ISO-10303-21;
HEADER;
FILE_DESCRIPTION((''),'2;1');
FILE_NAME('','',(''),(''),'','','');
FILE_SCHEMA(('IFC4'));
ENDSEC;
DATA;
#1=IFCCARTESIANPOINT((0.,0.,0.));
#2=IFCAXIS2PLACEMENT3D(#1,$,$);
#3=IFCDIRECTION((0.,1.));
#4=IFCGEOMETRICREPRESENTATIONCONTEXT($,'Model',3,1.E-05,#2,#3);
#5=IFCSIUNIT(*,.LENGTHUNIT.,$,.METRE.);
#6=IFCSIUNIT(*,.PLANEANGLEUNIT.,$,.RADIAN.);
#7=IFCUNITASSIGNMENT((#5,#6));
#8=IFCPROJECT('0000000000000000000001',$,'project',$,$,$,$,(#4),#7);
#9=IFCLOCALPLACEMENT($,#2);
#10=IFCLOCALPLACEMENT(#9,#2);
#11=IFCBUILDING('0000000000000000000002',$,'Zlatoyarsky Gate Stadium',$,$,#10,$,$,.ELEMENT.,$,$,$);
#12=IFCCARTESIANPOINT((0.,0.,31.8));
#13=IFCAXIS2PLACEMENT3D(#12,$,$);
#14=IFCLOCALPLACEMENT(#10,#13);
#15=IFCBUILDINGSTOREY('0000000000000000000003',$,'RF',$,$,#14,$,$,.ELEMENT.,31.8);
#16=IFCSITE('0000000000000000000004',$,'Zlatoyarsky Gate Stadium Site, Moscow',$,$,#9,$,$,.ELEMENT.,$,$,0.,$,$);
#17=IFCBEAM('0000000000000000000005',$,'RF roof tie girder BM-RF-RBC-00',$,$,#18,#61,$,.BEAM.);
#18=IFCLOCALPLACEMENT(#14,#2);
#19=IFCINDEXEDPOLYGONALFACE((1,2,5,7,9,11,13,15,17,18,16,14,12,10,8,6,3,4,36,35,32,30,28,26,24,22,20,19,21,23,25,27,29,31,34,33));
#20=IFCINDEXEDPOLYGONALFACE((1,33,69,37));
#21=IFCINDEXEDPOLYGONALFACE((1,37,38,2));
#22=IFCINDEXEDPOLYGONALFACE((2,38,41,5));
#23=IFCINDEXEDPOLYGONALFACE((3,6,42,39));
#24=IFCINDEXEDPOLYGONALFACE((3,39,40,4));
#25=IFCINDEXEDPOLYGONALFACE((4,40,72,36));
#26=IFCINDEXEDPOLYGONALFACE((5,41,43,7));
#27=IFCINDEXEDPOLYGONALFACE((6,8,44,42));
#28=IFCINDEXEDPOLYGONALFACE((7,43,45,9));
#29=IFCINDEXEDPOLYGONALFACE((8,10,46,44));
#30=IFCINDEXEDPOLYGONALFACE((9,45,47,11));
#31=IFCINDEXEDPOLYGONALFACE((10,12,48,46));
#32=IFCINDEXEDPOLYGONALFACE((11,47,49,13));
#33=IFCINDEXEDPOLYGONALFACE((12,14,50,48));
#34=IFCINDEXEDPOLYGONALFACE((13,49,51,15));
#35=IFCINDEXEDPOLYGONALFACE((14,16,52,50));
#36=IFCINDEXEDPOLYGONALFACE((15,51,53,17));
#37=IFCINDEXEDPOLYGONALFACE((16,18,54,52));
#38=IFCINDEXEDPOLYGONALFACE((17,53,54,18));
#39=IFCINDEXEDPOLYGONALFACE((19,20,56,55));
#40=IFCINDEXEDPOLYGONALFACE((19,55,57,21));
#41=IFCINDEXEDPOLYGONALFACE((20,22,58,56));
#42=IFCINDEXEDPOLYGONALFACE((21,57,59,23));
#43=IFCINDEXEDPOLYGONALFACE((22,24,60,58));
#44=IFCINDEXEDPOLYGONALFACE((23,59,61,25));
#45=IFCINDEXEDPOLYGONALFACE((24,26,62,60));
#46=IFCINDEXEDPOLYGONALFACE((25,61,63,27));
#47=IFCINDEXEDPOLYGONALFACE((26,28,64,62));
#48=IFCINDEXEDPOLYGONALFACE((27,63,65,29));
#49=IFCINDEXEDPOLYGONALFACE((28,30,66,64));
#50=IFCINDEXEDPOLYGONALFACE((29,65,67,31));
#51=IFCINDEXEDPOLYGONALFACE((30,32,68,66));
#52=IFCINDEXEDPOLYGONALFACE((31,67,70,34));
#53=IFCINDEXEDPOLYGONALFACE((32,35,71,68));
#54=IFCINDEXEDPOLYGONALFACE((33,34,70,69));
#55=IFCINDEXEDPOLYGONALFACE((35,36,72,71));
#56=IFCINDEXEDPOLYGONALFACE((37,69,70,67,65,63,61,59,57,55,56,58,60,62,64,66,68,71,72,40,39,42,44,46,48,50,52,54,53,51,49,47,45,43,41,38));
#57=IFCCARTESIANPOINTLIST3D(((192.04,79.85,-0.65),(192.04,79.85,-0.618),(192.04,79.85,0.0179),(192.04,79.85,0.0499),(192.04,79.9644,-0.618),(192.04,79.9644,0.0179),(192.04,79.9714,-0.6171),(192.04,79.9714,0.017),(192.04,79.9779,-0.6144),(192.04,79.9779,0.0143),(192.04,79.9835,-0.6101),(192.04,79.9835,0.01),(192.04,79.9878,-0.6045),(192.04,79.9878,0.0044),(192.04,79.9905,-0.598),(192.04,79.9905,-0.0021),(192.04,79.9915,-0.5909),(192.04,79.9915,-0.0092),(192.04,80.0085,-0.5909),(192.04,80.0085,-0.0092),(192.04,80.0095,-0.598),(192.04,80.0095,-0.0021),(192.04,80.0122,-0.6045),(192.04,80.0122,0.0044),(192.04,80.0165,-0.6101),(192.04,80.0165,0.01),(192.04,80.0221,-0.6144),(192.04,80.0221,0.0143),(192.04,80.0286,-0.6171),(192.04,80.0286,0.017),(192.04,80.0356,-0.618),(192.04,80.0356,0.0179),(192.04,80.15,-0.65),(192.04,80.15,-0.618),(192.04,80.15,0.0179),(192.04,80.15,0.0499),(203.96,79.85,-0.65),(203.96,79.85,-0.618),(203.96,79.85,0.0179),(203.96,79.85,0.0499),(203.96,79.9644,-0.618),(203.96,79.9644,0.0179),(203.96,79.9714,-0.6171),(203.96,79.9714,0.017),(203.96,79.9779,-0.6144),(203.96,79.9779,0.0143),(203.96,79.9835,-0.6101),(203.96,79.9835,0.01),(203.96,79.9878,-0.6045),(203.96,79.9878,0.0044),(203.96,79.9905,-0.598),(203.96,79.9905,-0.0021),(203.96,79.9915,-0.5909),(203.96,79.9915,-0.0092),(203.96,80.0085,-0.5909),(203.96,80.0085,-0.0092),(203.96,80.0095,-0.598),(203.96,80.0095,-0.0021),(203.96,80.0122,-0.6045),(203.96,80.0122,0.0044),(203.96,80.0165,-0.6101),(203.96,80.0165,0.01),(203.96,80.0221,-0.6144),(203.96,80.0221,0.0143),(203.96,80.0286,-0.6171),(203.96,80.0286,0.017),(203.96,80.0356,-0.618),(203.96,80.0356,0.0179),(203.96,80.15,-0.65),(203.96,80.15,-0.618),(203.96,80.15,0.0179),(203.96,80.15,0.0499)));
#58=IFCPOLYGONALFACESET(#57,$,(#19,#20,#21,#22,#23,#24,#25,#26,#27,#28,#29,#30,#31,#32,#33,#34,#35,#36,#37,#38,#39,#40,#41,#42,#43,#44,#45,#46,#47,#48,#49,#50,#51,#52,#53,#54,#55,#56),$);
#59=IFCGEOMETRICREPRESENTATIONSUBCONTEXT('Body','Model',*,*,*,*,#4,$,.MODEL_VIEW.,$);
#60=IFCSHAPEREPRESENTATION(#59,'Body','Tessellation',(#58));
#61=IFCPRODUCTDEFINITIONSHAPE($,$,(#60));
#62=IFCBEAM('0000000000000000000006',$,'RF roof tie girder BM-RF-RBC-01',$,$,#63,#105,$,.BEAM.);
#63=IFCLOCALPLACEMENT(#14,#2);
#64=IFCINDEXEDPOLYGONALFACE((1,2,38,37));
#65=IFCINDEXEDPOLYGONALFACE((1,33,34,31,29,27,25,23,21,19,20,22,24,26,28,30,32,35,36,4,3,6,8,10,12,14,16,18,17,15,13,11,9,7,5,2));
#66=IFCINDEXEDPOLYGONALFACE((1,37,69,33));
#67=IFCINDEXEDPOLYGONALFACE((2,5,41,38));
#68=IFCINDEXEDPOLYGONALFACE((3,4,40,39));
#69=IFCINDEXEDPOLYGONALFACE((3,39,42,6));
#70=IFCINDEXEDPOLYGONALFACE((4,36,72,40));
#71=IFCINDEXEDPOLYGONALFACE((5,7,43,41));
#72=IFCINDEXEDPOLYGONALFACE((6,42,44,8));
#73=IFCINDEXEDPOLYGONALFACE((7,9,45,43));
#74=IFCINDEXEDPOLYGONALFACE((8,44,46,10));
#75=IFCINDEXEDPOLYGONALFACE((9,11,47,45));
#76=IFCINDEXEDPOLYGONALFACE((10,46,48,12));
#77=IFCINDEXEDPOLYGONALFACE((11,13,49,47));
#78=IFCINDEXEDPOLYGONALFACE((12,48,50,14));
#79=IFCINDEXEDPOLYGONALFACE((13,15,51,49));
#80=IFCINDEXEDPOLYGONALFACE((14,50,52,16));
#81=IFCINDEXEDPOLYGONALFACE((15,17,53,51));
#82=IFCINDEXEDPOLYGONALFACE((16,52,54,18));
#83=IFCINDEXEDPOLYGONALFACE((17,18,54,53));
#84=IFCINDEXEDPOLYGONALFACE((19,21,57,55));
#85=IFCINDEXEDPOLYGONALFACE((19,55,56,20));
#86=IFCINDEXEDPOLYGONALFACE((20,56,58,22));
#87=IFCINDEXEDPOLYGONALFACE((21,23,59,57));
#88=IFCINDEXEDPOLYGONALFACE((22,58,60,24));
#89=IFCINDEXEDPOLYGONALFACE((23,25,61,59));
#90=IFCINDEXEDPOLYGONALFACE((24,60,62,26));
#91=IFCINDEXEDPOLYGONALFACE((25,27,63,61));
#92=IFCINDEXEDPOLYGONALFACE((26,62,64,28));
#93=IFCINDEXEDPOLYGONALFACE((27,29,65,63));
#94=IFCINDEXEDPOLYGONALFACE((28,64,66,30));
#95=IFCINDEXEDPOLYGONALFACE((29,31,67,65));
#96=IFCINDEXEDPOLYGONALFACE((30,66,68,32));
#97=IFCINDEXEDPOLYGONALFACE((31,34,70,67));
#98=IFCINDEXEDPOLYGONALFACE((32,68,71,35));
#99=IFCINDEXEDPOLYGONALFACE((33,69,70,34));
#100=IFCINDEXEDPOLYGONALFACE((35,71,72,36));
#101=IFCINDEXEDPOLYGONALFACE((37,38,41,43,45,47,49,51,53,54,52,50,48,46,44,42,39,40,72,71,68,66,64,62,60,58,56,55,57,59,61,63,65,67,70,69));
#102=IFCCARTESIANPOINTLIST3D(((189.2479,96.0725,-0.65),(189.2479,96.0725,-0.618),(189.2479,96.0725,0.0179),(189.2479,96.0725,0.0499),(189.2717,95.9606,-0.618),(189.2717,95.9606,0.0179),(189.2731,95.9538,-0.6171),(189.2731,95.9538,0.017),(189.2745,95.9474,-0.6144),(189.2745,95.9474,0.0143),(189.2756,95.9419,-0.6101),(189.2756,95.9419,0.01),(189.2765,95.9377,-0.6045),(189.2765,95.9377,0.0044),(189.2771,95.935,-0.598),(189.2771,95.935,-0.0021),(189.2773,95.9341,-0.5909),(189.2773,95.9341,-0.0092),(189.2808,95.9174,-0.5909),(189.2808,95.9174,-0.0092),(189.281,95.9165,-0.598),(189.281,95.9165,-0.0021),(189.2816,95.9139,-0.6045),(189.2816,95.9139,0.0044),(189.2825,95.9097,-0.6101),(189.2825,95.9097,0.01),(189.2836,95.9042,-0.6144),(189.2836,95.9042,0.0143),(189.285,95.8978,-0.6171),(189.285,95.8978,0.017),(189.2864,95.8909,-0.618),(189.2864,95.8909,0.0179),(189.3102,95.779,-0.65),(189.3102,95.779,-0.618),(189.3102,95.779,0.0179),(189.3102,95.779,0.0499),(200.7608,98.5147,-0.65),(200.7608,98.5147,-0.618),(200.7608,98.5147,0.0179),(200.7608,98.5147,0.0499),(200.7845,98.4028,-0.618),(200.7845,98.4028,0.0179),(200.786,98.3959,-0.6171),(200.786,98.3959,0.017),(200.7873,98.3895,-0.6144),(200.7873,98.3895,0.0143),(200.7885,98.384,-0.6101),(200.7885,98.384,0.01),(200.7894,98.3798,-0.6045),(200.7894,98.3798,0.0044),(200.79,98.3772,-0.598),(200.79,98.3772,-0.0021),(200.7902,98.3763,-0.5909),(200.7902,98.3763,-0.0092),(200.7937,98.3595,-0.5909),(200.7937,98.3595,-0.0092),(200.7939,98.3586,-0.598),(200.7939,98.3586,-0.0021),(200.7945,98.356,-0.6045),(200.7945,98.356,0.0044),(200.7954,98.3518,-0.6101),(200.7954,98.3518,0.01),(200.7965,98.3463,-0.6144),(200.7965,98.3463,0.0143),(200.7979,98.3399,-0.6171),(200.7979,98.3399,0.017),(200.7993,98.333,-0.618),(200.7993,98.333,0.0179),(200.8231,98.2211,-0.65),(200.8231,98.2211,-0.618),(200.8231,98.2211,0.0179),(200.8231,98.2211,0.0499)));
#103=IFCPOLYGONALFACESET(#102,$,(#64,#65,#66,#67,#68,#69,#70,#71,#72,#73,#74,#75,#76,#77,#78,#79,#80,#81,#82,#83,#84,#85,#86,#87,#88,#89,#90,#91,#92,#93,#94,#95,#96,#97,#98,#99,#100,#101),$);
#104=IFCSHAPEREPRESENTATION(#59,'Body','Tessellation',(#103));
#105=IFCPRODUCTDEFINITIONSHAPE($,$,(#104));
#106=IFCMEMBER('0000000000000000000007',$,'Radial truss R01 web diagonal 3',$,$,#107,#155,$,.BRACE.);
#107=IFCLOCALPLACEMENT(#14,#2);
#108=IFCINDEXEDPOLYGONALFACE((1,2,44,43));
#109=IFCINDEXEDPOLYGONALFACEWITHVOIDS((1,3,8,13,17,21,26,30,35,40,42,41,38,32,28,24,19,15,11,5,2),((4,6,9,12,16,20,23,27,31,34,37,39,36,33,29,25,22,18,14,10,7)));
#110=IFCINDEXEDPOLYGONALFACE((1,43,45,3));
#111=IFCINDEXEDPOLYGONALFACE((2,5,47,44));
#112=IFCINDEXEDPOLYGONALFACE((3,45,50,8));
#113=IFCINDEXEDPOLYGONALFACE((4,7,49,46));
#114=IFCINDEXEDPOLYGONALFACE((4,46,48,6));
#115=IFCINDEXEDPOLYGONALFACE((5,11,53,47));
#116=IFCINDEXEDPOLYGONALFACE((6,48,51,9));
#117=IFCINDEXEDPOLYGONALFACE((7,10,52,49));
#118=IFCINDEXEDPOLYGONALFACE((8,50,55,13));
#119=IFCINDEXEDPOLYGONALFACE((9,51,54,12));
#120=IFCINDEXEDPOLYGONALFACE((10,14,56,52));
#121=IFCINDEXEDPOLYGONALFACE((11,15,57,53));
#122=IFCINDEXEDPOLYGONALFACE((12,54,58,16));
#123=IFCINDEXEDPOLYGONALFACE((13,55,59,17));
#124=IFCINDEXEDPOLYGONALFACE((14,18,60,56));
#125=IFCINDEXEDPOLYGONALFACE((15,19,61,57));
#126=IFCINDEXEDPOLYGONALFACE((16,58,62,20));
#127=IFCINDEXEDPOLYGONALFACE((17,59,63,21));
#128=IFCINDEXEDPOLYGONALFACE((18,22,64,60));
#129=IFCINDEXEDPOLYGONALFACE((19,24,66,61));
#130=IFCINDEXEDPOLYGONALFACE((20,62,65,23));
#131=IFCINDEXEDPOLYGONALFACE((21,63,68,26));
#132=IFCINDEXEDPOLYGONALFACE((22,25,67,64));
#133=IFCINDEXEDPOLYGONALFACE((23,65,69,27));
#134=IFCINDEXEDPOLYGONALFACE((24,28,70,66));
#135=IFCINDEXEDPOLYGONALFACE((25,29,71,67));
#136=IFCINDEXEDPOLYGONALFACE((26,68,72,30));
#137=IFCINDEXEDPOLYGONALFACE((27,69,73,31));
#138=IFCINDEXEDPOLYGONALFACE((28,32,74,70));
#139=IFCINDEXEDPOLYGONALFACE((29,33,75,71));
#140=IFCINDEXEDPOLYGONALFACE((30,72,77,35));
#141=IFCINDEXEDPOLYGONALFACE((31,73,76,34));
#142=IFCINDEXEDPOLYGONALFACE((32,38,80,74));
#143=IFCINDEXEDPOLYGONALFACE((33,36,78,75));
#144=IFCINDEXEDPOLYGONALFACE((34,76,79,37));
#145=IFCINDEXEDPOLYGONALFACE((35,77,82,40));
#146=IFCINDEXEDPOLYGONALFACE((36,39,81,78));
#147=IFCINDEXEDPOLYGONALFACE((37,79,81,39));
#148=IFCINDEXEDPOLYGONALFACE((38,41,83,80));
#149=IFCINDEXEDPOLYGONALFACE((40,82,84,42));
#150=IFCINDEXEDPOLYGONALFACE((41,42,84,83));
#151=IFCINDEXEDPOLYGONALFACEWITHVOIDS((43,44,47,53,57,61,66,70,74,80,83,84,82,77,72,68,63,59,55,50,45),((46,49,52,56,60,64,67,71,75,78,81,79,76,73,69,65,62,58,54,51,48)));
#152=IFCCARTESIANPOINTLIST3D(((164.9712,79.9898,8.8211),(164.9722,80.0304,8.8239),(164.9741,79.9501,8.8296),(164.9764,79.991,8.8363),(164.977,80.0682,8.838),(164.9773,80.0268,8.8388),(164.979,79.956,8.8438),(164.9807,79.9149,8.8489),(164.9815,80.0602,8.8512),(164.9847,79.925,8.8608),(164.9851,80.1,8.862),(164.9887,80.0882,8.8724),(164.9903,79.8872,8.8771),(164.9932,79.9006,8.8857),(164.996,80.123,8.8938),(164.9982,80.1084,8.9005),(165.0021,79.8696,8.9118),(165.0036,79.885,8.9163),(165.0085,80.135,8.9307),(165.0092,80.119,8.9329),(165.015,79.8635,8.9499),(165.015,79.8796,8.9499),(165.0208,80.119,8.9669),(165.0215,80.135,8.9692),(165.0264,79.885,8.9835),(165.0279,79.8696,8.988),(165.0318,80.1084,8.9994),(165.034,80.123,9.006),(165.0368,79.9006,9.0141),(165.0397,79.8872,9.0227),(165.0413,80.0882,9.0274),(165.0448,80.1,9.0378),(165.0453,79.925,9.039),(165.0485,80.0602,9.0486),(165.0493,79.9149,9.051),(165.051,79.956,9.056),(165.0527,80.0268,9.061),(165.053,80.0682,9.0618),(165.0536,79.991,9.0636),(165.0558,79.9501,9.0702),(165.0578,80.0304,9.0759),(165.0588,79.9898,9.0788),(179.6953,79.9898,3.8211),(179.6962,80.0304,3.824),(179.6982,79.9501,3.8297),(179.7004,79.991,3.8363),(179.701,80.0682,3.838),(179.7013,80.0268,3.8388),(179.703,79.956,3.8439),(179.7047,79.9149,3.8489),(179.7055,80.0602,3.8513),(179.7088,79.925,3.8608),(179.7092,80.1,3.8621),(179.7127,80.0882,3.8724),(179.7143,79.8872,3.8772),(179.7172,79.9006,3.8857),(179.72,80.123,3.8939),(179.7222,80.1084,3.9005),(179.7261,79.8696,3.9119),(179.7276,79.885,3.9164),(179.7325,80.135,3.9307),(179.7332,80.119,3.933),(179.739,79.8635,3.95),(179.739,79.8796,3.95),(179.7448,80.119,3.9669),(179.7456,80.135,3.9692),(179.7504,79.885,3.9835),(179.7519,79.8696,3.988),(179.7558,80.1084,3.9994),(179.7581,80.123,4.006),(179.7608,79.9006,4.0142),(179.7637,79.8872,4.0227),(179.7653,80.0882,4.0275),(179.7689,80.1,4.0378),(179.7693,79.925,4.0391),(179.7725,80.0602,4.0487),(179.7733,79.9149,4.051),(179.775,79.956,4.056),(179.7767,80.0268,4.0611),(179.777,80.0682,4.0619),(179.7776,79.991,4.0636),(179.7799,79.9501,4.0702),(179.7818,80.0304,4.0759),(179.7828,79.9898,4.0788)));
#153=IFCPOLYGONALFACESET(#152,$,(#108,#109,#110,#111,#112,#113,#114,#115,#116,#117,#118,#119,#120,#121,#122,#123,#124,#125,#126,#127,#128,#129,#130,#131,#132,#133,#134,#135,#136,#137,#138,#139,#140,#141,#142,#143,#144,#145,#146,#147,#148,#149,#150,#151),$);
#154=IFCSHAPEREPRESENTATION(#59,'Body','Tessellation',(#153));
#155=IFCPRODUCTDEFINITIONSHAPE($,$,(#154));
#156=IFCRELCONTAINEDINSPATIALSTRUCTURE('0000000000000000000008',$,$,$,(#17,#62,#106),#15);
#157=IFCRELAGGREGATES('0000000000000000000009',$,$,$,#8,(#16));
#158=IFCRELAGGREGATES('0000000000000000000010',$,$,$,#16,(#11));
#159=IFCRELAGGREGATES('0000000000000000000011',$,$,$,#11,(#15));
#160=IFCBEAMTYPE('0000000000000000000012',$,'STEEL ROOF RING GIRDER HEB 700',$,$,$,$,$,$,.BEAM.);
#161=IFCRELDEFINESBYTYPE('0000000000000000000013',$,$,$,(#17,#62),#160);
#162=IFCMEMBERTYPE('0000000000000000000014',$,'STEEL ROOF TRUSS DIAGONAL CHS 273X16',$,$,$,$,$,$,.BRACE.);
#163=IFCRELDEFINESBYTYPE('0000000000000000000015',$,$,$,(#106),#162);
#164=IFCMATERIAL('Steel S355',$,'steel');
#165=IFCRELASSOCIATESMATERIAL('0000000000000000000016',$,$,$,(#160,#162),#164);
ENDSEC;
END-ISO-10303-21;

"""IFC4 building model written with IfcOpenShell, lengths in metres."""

from ifc_helpers import new_model, si_unit, direction, frame, origin, origin_2d, place, context, subcontext, project, spatial, hollow_circle, i_section, extrude, material, material_profile, profile_set, type_object, element, save


model = new_model("IFC4")

# Units and contexts
model_context = context("Model", 3, precision=1e-05, world=origin(), true_north=direction((0.0, 1.0)))
body_context = subcontext(model_context, "Body", "Model", "MODEL_VIEW")
ifc_project = project(units=[si_unit("LENGTHUNIT", "METRE"), si_unit("PLANEANGLEUNIT", "RADIAN")], contexts=[model_context])

# Site, building, storey
site_placement = place(None, origin())
site = spatial("IfcSite", under=ifc_project, at=site_placement, Name="Zlatoyarsky Gate Stadium Site, Moscow", CompositionType="ELEMENT", RefElevation=0.0)
building_placement = place(site_placement, origin())
building = spatial("IfcBuilding", under=site, at=building_placement, Name="Zlatoyarsky Gate Stadium", CompositionType="ELEMENT")
storey_placement = place(building_placement, frame((0.0, 0.0, 31.8)))
storey = spatial("IfcBuildingStorey", under=building, at=storey_placement, Name="RF", CompositionType="ELEMENT", Elevation=31.8)

# Shared definitions
ifc_material_1 = material(Name="Steel S355", Category="steel")

# Beams
ifc_material_profile_1 = material_profile(ifc_material_1, i_section(OverallWidth=0.3, OverallDepth=0.7, WebThickness=0.0171, FlangeThickness=0.032, FilletRadius=0.0271, at=origin_2d()), Name="HEB 700")
ifc_profile_set_1 = profile_set([ifc_material_profile_1], Name="Steel S355")
beam_type = type_object("IfcBeamType", Name="STEEL ROOF RING GIRDER HEB 700", PredefinedType="BEAM", material=ifc_profile_set_1)
beam_1_placement = place(storey_placement, frame((192.04, 80.0, -0.3), z_axis=(1.0, 0.0, 0.0), x_axis=(0.0, 1.0, 0.0)))
element("IfcBeam", 1, at=beam_1_placement, inside=storey, type_object=beam_type, Name="RF roof tie girder BM-RF-RBC-00", PredefinedType="BEAM", context=body_context, shape_type="SweptSolid", body=[
    extrude(i_section(OverallWidth=0.3, OverallDepth=0.7, WebThickness=0.0171, FlangeThickness=0.032, FilletRadius=0.0271, at=origin_2d()), origin(), (0.0, 0.0, 1.0), 11.9199),
])
beam_2_placement = place(storey_placement, frame((189.2791, 95.9258, -0.3), z_axis=(0.978234, 0.207504, 0.0), x_axis=(-0.207504, 0.978234, 0.0)))
element("IfcBeam", 2, at=beam_2_placement, inside=storey, type_object=beam_type, Name="RF roof tie girder BM-RF-RBC-01", PredefinedType="BEAM", context=body_context, shape_type="SweptSolid", body=[
    extrude(i_section(OverallWidth=0.3, OverallDepth=0.7, WebThickness=0.0171, FlangeThickness=0.032, FilletRadius=0.0271, at=origin_2d()), origin(), (0.0, 0.0, 1.0), 11.769),
])

# Member
ifc_material_profile_2 = material_profile(ifc_material_1, hollow_circle(Radius=0.1365, WallThickness=0.0161, at=origin_2d()), Name="CHS 273X16")
ifc_profile_set_2 = profile_set([ifc_material_profile_2], Name="Steel S355")
member_type_1 = type_object("IfcMemberType", Name="STEEL ROOF TRUSS DIAGONAL CHS 273X16", PredefinedType="BRACE", material=ifc_profile_set_2)
member_1_placement = place(storey_placement, frame((179.739, 80.0, 3.95), z_axis=(-0.946894, 0.0, 0.321545), x_axis=(0.0, -1.0, 0.0)))
element("IfcMember", 3, at=member_1_placement, inside=storey, type_object=member_type_1, Name="Radial truss R01 web diagonal 3", PredefinedType="BRACE", context=body_context, shape_type="SweptSolid", body=[
    extrude(hollow_circle(Radius=0.1365, WallThickness=0.0161, at=origin_2d()), origin(), (0.0, 0.0, 1.0), 15.5498),
])

save(model, "model.ifc")
